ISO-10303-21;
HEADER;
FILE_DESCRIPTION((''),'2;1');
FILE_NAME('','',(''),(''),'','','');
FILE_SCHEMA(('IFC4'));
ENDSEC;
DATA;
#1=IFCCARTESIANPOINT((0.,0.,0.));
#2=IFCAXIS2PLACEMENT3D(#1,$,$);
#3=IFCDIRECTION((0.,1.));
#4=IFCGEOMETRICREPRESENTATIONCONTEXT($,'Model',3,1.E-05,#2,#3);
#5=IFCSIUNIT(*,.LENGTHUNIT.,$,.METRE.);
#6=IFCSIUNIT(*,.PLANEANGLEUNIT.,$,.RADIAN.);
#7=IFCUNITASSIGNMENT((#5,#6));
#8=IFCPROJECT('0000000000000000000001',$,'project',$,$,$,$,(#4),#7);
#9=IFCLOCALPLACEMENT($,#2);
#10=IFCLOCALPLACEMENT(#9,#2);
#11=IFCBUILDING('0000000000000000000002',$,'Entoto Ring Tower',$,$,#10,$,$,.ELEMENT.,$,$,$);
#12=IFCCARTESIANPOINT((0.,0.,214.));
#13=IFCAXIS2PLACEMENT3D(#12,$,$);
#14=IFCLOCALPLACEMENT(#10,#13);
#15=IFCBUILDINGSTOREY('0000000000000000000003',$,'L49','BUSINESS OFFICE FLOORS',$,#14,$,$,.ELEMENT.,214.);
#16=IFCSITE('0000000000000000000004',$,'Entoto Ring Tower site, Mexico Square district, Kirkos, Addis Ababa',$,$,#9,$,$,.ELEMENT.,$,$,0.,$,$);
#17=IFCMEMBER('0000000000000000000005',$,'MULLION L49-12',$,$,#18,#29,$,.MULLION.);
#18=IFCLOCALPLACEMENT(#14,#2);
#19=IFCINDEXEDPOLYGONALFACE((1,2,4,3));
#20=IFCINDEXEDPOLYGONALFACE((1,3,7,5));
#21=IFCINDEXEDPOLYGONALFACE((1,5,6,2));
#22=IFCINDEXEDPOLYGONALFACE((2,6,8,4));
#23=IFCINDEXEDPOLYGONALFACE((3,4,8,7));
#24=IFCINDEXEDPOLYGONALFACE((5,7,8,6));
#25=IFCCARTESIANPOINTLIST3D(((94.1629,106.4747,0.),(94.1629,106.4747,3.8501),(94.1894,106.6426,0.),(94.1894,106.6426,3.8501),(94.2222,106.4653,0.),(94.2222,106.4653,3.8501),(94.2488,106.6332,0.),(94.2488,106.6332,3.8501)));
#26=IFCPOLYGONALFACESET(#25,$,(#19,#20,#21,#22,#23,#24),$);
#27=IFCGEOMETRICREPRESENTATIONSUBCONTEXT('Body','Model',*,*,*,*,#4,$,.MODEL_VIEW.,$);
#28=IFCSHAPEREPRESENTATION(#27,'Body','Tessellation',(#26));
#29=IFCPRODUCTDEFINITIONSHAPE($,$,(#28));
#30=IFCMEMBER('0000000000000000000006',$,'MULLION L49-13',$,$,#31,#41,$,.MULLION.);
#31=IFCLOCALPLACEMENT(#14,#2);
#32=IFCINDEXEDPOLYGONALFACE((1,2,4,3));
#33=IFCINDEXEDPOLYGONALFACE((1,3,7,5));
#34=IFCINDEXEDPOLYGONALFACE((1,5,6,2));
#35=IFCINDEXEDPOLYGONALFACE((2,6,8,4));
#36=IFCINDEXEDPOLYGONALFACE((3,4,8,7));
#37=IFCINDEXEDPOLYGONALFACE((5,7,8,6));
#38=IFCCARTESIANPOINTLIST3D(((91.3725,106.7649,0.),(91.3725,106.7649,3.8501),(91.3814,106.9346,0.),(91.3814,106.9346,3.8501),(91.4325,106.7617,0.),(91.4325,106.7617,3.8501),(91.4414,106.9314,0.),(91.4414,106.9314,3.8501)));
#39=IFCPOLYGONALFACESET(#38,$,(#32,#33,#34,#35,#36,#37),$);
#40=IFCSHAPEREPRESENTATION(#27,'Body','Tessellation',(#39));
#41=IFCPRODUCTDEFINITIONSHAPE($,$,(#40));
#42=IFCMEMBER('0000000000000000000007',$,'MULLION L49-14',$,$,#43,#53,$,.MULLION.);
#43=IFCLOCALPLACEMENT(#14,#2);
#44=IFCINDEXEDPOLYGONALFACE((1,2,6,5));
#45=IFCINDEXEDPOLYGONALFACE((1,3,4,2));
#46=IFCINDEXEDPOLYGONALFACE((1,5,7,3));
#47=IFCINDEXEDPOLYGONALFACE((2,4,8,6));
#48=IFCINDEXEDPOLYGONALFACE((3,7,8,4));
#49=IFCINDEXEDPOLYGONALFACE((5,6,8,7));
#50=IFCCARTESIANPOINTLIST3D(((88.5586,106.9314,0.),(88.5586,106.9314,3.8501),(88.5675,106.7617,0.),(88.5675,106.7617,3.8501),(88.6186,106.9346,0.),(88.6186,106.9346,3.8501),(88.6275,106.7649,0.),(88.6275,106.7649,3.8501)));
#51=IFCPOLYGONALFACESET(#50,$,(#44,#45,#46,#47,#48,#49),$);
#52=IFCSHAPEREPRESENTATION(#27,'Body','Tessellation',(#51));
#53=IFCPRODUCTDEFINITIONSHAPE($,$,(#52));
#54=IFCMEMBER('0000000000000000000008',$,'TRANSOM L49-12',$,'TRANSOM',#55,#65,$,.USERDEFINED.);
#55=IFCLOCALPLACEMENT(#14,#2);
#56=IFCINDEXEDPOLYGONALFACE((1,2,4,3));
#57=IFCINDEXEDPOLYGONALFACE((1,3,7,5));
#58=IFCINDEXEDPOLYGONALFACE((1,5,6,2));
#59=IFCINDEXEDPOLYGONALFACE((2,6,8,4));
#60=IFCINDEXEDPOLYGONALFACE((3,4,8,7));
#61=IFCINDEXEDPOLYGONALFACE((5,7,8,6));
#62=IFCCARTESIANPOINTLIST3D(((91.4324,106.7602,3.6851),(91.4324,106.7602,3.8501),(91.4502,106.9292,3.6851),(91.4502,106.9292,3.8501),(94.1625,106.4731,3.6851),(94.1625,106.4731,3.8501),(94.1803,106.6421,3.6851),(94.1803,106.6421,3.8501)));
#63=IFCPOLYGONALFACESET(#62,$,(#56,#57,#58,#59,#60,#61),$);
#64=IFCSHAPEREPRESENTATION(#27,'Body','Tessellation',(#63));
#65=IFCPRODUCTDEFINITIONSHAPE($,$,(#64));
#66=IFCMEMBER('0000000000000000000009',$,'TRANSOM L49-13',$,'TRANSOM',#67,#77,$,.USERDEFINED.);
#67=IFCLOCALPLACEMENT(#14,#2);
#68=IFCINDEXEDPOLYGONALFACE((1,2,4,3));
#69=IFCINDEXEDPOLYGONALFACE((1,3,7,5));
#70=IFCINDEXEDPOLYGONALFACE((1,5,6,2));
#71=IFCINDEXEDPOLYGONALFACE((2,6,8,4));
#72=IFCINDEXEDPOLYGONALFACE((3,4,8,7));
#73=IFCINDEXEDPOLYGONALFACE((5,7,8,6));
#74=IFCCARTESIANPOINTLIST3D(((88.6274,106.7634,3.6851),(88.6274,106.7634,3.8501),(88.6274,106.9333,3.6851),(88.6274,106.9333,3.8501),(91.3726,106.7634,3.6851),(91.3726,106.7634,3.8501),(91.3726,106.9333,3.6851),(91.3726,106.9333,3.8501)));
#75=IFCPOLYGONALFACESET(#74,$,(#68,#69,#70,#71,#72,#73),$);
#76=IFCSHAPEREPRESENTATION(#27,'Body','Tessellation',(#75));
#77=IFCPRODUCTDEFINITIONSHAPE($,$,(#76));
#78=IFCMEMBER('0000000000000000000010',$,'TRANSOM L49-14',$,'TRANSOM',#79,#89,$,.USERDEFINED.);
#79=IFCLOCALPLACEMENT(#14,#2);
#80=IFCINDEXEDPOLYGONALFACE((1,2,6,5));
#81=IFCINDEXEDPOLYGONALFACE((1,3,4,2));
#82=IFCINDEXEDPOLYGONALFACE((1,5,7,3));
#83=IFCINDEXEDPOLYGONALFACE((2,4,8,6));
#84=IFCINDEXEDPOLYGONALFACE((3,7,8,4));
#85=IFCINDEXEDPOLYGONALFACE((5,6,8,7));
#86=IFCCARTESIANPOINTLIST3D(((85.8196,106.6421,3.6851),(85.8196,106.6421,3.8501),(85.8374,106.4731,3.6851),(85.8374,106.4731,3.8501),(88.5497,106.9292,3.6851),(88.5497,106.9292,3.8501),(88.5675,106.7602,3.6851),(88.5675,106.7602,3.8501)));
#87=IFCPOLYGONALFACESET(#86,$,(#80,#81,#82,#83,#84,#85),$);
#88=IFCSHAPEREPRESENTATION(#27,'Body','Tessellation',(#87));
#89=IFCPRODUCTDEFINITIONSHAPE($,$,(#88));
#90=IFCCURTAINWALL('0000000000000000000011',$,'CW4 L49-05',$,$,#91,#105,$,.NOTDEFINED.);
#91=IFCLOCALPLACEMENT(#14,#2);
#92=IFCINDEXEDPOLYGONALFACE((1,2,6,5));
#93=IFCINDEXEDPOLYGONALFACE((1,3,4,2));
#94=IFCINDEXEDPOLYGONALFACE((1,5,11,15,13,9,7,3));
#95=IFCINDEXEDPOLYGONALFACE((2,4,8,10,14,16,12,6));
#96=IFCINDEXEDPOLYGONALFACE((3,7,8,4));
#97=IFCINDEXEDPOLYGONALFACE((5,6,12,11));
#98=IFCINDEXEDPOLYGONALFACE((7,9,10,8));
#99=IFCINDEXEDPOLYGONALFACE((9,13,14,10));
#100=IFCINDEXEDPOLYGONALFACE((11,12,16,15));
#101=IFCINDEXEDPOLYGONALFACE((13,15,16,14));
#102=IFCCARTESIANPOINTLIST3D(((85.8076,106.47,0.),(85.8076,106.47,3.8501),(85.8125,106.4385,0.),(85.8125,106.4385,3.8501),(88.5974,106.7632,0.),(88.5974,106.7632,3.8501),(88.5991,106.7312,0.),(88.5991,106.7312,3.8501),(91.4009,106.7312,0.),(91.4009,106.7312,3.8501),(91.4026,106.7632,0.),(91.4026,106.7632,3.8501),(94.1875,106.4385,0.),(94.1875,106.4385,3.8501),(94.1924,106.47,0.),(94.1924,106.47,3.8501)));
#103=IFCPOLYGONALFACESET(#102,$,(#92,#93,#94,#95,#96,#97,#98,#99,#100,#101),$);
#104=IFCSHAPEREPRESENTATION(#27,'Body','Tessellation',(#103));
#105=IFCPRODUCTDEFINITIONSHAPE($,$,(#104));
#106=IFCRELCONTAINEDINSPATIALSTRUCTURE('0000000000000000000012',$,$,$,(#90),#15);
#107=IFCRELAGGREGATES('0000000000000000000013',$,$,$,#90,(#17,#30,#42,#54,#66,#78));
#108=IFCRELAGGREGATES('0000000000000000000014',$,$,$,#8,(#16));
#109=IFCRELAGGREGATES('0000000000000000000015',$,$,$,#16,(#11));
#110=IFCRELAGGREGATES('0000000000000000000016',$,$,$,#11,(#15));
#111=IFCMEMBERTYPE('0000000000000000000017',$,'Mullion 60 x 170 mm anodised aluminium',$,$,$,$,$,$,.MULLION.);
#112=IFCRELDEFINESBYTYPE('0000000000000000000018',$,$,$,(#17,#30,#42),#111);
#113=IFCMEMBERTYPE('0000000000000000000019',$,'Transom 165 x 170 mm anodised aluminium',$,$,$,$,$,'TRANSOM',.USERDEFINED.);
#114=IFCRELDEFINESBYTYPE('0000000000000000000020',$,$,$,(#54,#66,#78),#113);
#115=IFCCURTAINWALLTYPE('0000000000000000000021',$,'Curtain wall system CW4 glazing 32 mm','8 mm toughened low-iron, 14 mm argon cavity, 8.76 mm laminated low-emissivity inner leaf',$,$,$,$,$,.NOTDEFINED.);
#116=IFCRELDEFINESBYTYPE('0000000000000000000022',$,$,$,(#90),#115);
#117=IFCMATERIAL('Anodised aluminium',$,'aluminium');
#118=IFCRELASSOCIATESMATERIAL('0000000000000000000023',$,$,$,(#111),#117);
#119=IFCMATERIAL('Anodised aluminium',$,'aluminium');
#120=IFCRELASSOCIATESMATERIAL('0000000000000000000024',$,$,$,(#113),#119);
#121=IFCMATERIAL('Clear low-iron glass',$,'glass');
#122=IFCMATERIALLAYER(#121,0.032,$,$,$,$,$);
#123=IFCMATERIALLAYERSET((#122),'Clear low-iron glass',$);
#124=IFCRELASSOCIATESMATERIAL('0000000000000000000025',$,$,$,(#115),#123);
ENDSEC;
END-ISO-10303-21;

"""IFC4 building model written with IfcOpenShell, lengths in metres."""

from ifc_helpers import new_model, si_unit, direction, frame, origin, origin_2d, place, context, subcontext, project, spatial, polyline, rectangle, outline, extrude, material, layer, layer_set, material_profile, profile_set, type_object, element, aggregate, save


model = new_model("IFC4")

# Units and contexts
model_context = context("Model", 3, precision=1e-05, world=origin(), true_north=direction((0.0, 1.0)))
body_context = subcontext(model_context, "Body", "Model", "MODEL_VIEW")
ifc_project = project(units=[si_unit("LENGTHUNIT", "METRE"), si_unit("PLANEANGLEUNIT", "RADIAN")], contexts=[model_context])

# Members
ifc_material_1 = material(Name="Anodised aluminium", Category="aluminium")
ifc_material_profile_1 = material_profile(ifc_material_1, rectangle(XDim=0.0601, YDim=0.1699, at=origin_2d()), Name="Mullion 60 x 170 mm anodised aluminium")
ifc_profile_set_1 = profile_set([ifc_material_profile_1], Name="Anodised aluminium")
member_type_1 = type_object("IfcMemberType", Name="Mullion 60 x 170 mm anodised aluminium", PredefinedType="MULLION", material=ifc_profile_set_1)
site_placement = place(None, origin())
building_placement = place(site_placement, origin())
storey_placement = place(building_placement, frame((0.0, 0.0, 214.0)))
member_1_placement = place(storey_placement, frame((94.2058, 106.554, 0.0), z_axis=(0.0, 0.0, 1.0), x_axis=(-0.987688, 0.156434, 0.0)))
member_1 = element("IfcMember", 1, at=member_1_placement, type_object=member_type_1, Name="MULLION L49-12", PredefinedType="MULLION", context=body_context, shape_type="SweptSolid", body=[
    extrude(rectangle(XDim=0.0601, YDim=0.1699, at=origin_2d()), origin(), (0.0, 0.0, 1.0), 3.8501),
])
member_2_placement = place(storey_placement, frame((91.407, 106.8481, 0.0), z_axis=(0.0, 0.0, 1.0), x_axis=(-0.99863, 0.052336, 0.0)))
member_2 = element("IfcMember", 2, at=member_2_placement, type_object=member_type_1, Name="MULLION L49-13", PredefinedType="MULLION", context=body_context, shape_type="SweptSolid", body=[
    extrude(rectangle(XDim=0.0601, YDim=0.1699, at=origin_2d()), origin(), (0.0, 0.0, 1.0), 3.8501),
])
member_3_placement = place(storey_placement, frame((88.593, 106.8481, 0.0), z_axis=(0.0, 0.0, 1.0), x_axis=(-0.99863, -0.052336, 0.0)))
member_3 = element("IfcMember", 3, at=member_3_placement, type_object=member_type_1, Name="MULLION L49-14", PredefinedType="MULLION", context=body_context, shape_type="SweptSolid", body=[
    extrude(rectangle(XDim=0.0601, YDim=0.1699, at=origin_2d()), origin(), (0.0, 0.0, 1.0), 3.8501),
])
ifc_material_2 = material(Name="Anodised aluminium", Category="aluminium")
ifc_material_profile_2 = material_profile(ifc_material_2, rectangle(XDim=0.1699, YDim=0.165, at=origin_2d()), Name="Transom 165 x 170 mm anodised aluminium")
ifc_profile_set_2 = profile_set([ifc_material_profile_2], Name="Anodised aluminium")
member_type_2 = type_object("IfcMemberType", Name="Transom 165 x 170 mm anodised aluminium", ElementType="TRANSOM", PredefinedType="USERDEFINED", material=ifc_profile_set_2)
member_4_placement = place(storey_placement, frame((94.1714, 106.5576, 3.7676), z_axis=(-0.994515, 0.104592, 0.0), x_axis=(-0.104592, -0.994515, 0.0)))
member_4 = element("IfcMember", 4, at=member_4_placement, type_object=member_type_2, Name="TRANSOM L49-12", ObjectType="TRANSOM", PredefinedType="USERDEFINED", context=body_context, shape_type="SweptSolid", body=[
    extrude(rectangle(XDim=0.1699, YDim=0.165, at=origin_2d()), origin(), (0.0, 0.0, 1.0), 2.7451),
])
member_5_placement = place(storey_placement, frame((91.3726, 106.8484, 3.7676), z_axis=(-1.0, 0.0, 0.0), x_axis=(0.0, -1.0, 0.0)))
member_5 = element("IfcMember", 5, at=member_5_placement, type_object=member_type_2, Name="TRANSOM L49-13", ObjectType="TRANSOM", PredefinedType="USERDEFINED", context=body_context, shape_type="SweptSolid", body=[
    extrude(rectangle(XDim=0.1699, YDim=0.165, at=origin_2d()), origin(), (0.0, 0.0, 1.0), 2.7451),
])
member_6_placement = place(storey_placement, frame((88.5586, 106.8447, 3.7676), z_axis=(-0.994515, -0.104592, 0.0), x_axis=(0.104592, -0.994515, 0.0)))
member_6 = element("IfcMember", 6, at=member_6_placement, type_object=member_type_2, Name="TRANSOM L49-14", ObjectType="TRANSOM", PredefinedType="USERDEFINED", context=body_context, shape_type="SweptSolid", body=[
    extrude(rectangle(XDim=0.1699, YDim=0.165, at=origin_2d()), origin(), (0.0, 0.0, 1.0), 2.7451),
])

# Site, building, storey
site = spatial("IfcSite", under=ifc_project, at=site_placement, Name="Entoto Ring Tower site, Mexico Square district, Kirkos, Addis Ababa", CompositionType="ELEMENT", RefElevation=0.0)
building = spatial("IfcBuilding", under=site, at=building_placement, Name="Entoto Ring Tower", CompositionType="ELEMENT")
storey = spatial("IfcBuildingStorey", under=building, at=storey_placement, Name="L49", Description="BUSINESS OFFICE FLOORS", CompositionType="ELEMENT", Elevation=214.0)

# Curtain wall
ifc_material_3 = material(Name="Clear low-iron glass", Category="glass")
ifc_layer = layer(ifc_material_3, 0.032)
ifc_layer_set = layer_set([ifc_layer], Name="Clear low-iron glass")
curtain_wall_type = type_object("IfcCurtainWallType", Name="Curtain wall system CW4 glazing 32 mm", Description="8 mm toughened low-iron, 14 mm argon cavity, 8.76 mm laminated low-emissivity inner leaf", PredefinedType="NOTDEFINED", material=ifc_layer_set)
curtain_wall_1_placement = place(storey_placement, origin())
curtain_wall_1 = element("IfcCurtainWall", 7, at=curtain_wall_1_placement, inside=storey, type_object=curtain_wall_type, Name="CW4 L49-05", PredefinedType="NOTDEFINED", context=body_context, shape_type="SweptSolid", body=[
    extrude(outline(polyline([(94.1924, 106.47), (91.4026, 106.7632), (88.5974, 106.7632), (85.8076, 106.47), (85.8125, 106.4385), (88.5991, 106.7312), (91.4009, 106.7312), (94.1875, 106.4385), (94.1924, 106.47)])), origin(), (0.0, 0.0, 1.0), 3.8501),
])
aggregate(curtain_wall_1, [member_1, member_2, member_3, member_4, member_5, member_6])

save(model, "model.ifc")
